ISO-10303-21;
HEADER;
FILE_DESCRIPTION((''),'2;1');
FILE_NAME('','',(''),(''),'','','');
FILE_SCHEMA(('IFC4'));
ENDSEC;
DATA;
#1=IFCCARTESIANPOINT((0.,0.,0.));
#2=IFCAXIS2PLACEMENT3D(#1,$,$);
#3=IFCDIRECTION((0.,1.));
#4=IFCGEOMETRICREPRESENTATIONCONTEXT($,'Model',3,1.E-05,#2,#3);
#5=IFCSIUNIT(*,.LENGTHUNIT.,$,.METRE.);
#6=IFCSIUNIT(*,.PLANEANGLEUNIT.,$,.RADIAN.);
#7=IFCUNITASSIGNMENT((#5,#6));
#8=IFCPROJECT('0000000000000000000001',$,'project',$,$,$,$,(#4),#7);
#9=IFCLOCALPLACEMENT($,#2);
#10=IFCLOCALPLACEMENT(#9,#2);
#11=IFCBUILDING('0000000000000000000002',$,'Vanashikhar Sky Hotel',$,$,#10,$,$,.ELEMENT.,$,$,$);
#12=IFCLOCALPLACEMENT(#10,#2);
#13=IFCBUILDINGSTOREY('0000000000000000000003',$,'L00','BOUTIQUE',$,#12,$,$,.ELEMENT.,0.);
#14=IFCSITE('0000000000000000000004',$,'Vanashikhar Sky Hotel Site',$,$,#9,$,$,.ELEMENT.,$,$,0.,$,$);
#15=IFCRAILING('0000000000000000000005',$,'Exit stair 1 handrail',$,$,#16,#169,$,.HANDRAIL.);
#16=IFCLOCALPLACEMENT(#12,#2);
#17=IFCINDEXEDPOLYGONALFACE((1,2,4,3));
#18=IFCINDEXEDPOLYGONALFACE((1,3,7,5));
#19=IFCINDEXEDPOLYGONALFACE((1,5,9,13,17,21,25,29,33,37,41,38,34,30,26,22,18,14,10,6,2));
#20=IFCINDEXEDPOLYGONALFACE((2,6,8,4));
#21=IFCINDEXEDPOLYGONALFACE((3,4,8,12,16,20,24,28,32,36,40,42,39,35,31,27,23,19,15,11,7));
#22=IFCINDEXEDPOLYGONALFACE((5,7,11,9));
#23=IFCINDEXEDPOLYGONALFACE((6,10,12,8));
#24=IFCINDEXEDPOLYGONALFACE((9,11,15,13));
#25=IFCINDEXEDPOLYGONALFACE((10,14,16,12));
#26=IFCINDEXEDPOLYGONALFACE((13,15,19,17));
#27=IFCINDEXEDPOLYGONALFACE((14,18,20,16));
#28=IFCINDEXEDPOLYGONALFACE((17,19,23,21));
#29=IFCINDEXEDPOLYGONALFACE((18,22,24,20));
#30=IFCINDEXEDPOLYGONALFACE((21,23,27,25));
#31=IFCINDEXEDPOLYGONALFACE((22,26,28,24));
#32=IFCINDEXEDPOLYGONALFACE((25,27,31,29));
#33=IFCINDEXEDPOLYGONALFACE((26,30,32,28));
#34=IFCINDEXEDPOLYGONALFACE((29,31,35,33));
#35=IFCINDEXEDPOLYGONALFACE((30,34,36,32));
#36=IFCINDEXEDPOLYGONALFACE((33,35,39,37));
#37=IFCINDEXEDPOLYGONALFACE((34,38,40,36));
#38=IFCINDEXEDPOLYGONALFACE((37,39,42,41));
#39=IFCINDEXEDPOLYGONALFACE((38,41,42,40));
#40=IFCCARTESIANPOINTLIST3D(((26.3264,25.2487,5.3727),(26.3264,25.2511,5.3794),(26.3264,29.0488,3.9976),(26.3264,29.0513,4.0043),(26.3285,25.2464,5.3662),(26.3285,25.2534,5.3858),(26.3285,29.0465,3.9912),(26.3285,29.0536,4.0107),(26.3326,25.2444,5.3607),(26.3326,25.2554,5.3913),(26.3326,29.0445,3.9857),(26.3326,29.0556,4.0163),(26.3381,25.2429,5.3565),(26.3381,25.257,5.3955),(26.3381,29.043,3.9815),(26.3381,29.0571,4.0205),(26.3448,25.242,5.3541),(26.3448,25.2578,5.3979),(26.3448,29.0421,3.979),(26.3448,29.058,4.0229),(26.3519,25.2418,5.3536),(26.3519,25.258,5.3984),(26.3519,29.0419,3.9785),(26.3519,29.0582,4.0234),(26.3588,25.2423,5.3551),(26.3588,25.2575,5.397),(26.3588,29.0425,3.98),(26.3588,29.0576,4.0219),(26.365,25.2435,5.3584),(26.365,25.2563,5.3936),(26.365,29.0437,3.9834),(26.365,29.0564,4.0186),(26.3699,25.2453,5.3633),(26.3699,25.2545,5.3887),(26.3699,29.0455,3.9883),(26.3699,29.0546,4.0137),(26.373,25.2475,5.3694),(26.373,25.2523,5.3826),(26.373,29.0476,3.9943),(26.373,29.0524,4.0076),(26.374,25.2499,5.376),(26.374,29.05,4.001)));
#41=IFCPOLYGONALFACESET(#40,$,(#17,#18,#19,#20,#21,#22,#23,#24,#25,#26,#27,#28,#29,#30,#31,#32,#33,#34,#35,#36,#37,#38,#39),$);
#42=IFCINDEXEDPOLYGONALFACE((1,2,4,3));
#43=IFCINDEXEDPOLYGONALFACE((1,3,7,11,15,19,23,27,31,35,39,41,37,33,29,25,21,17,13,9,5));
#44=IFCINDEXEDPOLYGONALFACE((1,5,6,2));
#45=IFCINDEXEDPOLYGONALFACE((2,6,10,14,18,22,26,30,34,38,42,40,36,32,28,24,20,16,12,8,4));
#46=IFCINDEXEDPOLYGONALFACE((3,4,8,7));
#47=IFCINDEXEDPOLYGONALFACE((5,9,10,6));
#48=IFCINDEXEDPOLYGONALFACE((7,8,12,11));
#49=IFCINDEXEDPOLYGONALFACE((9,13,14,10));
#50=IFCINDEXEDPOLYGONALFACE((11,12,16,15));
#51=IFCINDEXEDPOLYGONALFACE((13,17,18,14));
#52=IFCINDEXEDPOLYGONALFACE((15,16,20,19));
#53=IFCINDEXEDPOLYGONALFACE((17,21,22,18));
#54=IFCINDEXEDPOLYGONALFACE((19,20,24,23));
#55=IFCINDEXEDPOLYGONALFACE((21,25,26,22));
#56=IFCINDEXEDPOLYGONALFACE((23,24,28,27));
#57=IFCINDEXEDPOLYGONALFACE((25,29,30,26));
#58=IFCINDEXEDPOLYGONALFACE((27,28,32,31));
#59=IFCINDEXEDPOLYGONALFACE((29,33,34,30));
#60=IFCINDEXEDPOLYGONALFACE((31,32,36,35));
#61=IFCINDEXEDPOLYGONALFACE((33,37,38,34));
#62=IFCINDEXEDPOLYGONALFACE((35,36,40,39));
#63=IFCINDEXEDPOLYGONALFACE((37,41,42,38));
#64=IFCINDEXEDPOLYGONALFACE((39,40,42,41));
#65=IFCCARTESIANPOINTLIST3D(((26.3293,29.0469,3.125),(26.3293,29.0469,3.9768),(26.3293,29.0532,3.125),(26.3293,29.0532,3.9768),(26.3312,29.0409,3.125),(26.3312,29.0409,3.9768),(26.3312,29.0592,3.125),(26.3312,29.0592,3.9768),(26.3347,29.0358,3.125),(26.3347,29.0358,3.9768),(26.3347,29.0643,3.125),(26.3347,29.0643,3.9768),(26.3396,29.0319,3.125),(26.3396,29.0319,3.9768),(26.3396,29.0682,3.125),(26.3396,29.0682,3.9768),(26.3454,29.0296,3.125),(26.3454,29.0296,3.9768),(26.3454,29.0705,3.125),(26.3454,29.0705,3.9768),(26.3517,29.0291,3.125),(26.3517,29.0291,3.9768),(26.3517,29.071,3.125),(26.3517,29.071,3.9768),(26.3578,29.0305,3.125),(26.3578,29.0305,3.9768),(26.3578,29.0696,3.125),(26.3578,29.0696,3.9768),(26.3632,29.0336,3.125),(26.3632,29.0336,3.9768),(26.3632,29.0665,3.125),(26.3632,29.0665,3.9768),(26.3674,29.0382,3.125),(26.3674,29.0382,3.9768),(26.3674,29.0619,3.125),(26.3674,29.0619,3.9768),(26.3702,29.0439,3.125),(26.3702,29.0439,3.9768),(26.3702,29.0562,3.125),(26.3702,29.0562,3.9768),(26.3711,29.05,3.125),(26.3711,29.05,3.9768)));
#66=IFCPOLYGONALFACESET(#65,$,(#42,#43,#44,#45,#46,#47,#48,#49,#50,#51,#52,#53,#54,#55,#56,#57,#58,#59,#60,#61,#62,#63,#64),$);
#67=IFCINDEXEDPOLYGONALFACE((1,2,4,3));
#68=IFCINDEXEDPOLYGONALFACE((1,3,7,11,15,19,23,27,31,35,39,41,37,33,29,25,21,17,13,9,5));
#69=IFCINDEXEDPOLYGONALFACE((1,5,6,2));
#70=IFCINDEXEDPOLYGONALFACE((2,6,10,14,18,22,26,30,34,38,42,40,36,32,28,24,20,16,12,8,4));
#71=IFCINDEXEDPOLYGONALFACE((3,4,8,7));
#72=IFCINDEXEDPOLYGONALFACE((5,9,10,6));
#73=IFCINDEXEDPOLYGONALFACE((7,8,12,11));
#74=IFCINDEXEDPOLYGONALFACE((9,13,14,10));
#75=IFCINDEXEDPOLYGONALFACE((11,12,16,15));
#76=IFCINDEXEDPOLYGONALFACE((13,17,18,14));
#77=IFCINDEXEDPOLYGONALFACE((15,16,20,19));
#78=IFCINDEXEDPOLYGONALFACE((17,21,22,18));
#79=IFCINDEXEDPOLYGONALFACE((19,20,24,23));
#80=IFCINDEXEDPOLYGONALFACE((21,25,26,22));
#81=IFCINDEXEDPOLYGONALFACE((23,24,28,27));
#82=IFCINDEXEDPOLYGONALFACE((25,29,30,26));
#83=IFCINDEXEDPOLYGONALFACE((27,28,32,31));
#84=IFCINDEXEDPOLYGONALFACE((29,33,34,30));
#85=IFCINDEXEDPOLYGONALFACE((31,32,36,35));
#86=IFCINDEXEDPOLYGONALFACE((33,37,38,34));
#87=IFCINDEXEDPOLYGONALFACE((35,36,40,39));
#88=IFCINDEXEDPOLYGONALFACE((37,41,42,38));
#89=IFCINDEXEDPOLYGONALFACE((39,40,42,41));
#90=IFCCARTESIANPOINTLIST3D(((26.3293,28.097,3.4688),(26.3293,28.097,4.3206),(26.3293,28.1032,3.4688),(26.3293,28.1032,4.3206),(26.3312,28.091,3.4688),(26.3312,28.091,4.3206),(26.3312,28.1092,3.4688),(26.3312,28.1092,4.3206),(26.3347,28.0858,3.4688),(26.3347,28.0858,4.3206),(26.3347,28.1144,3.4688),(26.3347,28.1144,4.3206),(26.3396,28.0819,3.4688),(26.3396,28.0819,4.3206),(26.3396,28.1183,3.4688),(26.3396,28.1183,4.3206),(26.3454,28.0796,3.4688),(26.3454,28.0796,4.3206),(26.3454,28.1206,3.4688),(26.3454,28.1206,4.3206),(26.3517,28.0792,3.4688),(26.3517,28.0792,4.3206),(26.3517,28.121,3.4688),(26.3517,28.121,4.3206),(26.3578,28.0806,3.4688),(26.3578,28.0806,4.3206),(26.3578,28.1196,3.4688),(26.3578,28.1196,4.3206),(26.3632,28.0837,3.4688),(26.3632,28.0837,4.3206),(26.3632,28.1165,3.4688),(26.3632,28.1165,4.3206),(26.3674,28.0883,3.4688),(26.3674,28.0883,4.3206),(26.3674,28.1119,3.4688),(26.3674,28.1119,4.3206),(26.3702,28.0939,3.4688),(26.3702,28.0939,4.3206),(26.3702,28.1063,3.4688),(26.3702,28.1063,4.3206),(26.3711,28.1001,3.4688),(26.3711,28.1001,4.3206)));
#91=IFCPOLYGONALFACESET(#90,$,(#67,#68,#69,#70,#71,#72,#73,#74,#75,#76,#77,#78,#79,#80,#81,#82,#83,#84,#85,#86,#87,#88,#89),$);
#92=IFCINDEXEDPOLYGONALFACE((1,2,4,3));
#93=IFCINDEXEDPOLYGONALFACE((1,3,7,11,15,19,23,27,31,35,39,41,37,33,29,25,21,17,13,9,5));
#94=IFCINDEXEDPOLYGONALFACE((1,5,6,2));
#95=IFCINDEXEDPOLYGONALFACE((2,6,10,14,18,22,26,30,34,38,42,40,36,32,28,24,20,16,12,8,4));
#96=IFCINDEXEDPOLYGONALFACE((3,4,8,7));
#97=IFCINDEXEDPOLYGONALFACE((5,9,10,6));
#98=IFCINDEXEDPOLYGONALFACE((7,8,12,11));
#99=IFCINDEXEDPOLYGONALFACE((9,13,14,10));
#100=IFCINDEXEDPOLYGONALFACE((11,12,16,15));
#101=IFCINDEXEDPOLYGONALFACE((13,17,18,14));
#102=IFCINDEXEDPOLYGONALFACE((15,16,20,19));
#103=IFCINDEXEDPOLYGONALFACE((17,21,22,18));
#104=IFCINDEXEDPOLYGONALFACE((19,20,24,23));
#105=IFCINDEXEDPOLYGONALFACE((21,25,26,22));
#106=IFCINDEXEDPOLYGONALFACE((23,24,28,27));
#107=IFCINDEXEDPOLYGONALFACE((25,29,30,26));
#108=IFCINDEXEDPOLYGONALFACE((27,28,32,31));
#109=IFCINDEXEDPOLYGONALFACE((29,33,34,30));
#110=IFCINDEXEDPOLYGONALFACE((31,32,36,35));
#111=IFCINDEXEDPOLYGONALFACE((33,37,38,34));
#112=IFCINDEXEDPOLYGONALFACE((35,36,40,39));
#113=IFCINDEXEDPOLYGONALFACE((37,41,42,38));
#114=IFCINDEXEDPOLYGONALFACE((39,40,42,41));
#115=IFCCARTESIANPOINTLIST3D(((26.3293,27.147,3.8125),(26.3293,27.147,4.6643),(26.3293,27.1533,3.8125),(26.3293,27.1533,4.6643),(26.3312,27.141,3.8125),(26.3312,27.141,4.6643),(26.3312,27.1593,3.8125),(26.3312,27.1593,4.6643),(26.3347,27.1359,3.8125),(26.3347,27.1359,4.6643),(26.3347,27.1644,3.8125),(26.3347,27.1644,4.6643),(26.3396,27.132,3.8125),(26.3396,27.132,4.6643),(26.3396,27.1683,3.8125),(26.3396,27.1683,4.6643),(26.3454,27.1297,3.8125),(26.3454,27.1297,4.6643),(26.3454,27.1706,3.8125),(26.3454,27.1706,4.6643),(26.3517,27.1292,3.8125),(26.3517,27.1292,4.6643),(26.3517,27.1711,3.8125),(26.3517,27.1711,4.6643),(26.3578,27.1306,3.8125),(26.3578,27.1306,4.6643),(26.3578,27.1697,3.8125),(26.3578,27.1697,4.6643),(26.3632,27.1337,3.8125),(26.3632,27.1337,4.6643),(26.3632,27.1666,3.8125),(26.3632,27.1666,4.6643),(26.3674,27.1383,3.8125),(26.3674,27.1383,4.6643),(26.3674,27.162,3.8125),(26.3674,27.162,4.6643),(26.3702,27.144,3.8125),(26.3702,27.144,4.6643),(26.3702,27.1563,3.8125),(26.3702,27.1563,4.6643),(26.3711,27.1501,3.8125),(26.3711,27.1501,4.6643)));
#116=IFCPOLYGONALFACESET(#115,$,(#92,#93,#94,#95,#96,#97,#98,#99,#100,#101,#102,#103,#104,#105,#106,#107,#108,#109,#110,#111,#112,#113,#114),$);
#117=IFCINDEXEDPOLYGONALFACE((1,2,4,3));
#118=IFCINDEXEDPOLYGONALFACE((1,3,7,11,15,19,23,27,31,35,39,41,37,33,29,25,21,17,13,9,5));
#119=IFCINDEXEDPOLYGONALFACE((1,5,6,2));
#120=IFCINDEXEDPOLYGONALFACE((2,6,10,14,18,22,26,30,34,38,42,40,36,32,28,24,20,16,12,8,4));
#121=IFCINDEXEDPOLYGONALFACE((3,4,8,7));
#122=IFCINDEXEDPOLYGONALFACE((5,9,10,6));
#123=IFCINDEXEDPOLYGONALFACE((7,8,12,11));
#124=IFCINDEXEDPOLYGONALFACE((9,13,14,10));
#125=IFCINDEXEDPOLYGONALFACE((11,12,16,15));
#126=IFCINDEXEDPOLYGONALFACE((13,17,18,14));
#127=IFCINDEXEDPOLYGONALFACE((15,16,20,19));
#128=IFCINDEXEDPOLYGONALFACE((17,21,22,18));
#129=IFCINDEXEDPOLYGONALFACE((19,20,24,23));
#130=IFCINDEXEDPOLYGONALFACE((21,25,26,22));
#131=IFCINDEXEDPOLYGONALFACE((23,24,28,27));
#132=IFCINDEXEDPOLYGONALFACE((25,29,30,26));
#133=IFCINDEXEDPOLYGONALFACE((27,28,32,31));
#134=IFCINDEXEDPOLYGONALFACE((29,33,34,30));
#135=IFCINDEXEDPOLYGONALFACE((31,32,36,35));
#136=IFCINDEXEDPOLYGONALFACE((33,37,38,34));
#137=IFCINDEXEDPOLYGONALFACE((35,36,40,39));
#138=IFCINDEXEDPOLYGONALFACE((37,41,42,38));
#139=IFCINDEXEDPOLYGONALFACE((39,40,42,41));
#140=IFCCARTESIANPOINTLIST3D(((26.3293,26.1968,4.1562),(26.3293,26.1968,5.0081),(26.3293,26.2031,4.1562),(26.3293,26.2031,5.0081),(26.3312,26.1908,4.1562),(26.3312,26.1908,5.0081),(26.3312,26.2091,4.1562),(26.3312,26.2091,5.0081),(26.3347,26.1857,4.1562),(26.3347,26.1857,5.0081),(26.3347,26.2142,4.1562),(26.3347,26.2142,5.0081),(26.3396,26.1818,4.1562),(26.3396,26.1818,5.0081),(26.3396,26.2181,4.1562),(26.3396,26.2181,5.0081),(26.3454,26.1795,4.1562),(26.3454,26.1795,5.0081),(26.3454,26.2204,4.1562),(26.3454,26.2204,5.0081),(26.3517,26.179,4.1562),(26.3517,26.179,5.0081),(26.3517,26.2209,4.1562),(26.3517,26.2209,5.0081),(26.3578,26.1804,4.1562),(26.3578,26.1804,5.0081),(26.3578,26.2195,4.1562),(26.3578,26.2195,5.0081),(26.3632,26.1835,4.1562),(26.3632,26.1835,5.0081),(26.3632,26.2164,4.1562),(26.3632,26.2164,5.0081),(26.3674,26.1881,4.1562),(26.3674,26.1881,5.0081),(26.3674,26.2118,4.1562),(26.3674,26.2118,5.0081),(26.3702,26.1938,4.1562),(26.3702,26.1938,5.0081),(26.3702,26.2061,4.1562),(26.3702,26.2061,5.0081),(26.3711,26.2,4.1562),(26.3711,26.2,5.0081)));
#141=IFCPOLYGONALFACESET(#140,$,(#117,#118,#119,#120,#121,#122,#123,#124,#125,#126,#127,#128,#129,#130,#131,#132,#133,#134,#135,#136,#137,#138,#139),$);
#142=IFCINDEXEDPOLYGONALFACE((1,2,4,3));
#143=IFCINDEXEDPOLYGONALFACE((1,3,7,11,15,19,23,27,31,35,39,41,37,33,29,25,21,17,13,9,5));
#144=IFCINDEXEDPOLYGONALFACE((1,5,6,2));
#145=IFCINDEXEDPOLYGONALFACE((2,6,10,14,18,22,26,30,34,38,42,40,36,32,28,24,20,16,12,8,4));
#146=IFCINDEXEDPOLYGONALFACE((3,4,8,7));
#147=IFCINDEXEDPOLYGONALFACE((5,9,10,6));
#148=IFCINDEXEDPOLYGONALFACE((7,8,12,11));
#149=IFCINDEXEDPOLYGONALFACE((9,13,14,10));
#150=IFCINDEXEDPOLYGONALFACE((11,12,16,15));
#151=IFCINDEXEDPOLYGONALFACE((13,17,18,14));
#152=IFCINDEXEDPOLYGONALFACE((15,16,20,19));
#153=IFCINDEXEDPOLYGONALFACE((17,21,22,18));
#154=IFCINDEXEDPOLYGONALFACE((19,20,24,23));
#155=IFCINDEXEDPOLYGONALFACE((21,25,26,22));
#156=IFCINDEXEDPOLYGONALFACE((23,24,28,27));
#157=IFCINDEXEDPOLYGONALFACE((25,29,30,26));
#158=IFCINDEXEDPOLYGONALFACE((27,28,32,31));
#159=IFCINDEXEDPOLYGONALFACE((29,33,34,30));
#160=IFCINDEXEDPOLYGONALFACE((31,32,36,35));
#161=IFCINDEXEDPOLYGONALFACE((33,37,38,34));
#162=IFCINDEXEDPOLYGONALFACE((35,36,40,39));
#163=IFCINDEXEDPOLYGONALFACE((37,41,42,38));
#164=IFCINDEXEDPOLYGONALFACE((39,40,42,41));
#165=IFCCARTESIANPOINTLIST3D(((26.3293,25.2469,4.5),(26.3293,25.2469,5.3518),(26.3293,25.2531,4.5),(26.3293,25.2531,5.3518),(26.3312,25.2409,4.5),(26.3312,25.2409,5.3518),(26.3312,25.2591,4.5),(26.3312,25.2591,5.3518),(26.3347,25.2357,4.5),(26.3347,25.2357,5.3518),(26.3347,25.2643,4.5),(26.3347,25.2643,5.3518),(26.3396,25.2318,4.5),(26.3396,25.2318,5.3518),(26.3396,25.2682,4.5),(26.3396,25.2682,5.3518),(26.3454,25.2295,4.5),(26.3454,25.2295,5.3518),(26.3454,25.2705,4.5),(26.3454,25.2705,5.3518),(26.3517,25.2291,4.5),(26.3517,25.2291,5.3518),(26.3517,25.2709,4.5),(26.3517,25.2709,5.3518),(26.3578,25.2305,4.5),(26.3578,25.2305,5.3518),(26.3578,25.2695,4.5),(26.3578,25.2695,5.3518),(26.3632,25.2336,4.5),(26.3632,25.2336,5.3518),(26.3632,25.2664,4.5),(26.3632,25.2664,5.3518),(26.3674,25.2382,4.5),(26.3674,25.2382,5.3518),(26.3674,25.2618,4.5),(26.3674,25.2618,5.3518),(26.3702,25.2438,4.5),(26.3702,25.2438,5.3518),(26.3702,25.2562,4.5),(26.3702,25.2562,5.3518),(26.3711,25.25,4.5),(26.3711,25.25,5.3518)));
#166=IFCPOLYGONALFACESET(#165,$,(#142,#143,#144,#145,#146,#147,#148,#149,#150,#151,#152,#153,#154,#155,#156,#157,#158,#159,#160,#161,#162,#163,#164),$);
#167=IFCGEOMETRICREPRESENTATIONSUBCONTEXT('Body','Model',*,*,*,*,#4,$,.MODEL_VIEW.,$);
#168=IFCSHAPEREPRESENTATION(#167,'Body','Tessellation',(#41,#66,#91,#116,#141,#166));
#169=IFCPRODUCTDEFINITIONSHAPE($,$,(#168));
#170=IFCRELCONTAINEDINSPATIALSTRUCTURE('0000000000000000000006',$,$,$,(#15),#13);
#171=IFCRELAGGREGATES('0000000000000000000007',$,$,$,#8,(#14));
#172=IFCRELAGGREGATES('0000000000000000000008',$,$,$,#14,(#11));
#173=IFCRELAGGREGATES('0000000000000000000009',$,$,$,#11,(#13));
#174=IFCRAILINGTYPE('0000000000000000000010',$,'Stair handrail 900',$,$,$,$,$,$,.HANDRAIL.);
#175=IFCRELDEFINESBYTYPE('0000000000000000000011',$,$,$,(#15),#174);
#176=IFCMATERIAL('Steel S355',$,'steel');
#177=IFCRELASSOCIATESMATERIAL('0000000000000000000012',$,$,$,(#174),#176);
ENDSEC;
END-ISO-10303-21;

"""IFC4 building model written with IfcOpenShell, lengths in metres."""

from ifc_helpers import new_model, si_unit, direction, frame, origin, origin_2d, place, context, subcontext, project, spatial, circle, extrude, source, transform, mapped, material, type_object, element, save


model = new_model("IFC4")

# Units and contexts
model_context = context("Model", 3, precision=1e-05, world=origin(), true_north=direction((0.0, 1.0)))
body_context = subcontext(model_context, "Body", "Model", "MODEL_VIEW")
ifc_project = project(units=[si_unit("LENGTHUNIT", "METRE"), si_unit("PLANEANGLEUNIT", "RADIAN")], contexts=[model_context])

# Site, building, storey
site_placement = place(None, origin())
site = spatial("IfcSite", under=ifc_project, at=site_placement, Name="Vanashikhar Sky Hotel Site", CompositionType="ELEMENT", RefElevation=0.0)
building_placement = place(site_placement, origin())
building = spatial("IfcBuilding", under=site, at=building_placement, Name="Vanashikhar Sky Hotel", CompositionType="ELEMENT")
storey_placement = place(building_placement, origin())
storey = spatial("IfcBuildingStorey", under=building, at=storey_placement, Name="L00", Description="BOUTIQUE", CompositionType="ELEMENT", Elevation=0.0)

# Railing
ifc_material_1 = material(Name="Steel S355", Category="steel")
railing_type_1 = type_object("IfcRailingType", Name="Stair handrail 900", PredefinedType="HANDRAIL", material=ifc_material_1)
shared_shape_1 = source(origin(), body_context, "Body", "SweptSolid", [
    extrude(circle(Radius=0.0239, at=origin_2d()), frame((0.0, 0.0, 0.876), z_axis=(0.0, -0.940336, 0.340249), x_axis=(1.0, 0.0, 0.0)), (0.0, 0.0, 1.0), 4.0413),
    extrude(circle(Radius=0.021, at=origin_2d()), origin(), (0.0, 0.0, 1.0), 0.8518),
    extrude(circle(Radius=0.021, at=origin_2d()), frame((0.0, -0.95, 0.3438)), (0.0, 0.0, 1.0), 0.8518),
    extrude(circle(Radius=0.021, at=origin_2d()), frame((0.0, -1.8999, 0.6875)), (0.0, 0.0, 1.0), 0.8518),
    extrude(circle(Radius=0.021, at=origin_2d()), frame((0.0, -2.8501, 1.0312)), (0.0, 0.0, 1.0), 0.8518),
    extrude(circle(Radius=0.021, at=origin_2d()), frame((0.0, -3.8, 1.375)), (0.0, 0.0, 1.0), 0.8518),
])
for number, where, name in (
    (1, (26.3501, 29.05, 3.125), "Exit stair 1 handrail"),
):
    element("IfcRailing", number, at=place(storey_placement, frame(where)), inside=storey, type_object=railing_type_1, Name=name, PredefinedType="HANDRAIL", context=body_context, shape_type="MappedRepresentation", body=[
        mapped(shared_shape_1, transform((0.0, 0.0, 0.0), scale=1.0)),
    ])

save(model, "model.ifc")
